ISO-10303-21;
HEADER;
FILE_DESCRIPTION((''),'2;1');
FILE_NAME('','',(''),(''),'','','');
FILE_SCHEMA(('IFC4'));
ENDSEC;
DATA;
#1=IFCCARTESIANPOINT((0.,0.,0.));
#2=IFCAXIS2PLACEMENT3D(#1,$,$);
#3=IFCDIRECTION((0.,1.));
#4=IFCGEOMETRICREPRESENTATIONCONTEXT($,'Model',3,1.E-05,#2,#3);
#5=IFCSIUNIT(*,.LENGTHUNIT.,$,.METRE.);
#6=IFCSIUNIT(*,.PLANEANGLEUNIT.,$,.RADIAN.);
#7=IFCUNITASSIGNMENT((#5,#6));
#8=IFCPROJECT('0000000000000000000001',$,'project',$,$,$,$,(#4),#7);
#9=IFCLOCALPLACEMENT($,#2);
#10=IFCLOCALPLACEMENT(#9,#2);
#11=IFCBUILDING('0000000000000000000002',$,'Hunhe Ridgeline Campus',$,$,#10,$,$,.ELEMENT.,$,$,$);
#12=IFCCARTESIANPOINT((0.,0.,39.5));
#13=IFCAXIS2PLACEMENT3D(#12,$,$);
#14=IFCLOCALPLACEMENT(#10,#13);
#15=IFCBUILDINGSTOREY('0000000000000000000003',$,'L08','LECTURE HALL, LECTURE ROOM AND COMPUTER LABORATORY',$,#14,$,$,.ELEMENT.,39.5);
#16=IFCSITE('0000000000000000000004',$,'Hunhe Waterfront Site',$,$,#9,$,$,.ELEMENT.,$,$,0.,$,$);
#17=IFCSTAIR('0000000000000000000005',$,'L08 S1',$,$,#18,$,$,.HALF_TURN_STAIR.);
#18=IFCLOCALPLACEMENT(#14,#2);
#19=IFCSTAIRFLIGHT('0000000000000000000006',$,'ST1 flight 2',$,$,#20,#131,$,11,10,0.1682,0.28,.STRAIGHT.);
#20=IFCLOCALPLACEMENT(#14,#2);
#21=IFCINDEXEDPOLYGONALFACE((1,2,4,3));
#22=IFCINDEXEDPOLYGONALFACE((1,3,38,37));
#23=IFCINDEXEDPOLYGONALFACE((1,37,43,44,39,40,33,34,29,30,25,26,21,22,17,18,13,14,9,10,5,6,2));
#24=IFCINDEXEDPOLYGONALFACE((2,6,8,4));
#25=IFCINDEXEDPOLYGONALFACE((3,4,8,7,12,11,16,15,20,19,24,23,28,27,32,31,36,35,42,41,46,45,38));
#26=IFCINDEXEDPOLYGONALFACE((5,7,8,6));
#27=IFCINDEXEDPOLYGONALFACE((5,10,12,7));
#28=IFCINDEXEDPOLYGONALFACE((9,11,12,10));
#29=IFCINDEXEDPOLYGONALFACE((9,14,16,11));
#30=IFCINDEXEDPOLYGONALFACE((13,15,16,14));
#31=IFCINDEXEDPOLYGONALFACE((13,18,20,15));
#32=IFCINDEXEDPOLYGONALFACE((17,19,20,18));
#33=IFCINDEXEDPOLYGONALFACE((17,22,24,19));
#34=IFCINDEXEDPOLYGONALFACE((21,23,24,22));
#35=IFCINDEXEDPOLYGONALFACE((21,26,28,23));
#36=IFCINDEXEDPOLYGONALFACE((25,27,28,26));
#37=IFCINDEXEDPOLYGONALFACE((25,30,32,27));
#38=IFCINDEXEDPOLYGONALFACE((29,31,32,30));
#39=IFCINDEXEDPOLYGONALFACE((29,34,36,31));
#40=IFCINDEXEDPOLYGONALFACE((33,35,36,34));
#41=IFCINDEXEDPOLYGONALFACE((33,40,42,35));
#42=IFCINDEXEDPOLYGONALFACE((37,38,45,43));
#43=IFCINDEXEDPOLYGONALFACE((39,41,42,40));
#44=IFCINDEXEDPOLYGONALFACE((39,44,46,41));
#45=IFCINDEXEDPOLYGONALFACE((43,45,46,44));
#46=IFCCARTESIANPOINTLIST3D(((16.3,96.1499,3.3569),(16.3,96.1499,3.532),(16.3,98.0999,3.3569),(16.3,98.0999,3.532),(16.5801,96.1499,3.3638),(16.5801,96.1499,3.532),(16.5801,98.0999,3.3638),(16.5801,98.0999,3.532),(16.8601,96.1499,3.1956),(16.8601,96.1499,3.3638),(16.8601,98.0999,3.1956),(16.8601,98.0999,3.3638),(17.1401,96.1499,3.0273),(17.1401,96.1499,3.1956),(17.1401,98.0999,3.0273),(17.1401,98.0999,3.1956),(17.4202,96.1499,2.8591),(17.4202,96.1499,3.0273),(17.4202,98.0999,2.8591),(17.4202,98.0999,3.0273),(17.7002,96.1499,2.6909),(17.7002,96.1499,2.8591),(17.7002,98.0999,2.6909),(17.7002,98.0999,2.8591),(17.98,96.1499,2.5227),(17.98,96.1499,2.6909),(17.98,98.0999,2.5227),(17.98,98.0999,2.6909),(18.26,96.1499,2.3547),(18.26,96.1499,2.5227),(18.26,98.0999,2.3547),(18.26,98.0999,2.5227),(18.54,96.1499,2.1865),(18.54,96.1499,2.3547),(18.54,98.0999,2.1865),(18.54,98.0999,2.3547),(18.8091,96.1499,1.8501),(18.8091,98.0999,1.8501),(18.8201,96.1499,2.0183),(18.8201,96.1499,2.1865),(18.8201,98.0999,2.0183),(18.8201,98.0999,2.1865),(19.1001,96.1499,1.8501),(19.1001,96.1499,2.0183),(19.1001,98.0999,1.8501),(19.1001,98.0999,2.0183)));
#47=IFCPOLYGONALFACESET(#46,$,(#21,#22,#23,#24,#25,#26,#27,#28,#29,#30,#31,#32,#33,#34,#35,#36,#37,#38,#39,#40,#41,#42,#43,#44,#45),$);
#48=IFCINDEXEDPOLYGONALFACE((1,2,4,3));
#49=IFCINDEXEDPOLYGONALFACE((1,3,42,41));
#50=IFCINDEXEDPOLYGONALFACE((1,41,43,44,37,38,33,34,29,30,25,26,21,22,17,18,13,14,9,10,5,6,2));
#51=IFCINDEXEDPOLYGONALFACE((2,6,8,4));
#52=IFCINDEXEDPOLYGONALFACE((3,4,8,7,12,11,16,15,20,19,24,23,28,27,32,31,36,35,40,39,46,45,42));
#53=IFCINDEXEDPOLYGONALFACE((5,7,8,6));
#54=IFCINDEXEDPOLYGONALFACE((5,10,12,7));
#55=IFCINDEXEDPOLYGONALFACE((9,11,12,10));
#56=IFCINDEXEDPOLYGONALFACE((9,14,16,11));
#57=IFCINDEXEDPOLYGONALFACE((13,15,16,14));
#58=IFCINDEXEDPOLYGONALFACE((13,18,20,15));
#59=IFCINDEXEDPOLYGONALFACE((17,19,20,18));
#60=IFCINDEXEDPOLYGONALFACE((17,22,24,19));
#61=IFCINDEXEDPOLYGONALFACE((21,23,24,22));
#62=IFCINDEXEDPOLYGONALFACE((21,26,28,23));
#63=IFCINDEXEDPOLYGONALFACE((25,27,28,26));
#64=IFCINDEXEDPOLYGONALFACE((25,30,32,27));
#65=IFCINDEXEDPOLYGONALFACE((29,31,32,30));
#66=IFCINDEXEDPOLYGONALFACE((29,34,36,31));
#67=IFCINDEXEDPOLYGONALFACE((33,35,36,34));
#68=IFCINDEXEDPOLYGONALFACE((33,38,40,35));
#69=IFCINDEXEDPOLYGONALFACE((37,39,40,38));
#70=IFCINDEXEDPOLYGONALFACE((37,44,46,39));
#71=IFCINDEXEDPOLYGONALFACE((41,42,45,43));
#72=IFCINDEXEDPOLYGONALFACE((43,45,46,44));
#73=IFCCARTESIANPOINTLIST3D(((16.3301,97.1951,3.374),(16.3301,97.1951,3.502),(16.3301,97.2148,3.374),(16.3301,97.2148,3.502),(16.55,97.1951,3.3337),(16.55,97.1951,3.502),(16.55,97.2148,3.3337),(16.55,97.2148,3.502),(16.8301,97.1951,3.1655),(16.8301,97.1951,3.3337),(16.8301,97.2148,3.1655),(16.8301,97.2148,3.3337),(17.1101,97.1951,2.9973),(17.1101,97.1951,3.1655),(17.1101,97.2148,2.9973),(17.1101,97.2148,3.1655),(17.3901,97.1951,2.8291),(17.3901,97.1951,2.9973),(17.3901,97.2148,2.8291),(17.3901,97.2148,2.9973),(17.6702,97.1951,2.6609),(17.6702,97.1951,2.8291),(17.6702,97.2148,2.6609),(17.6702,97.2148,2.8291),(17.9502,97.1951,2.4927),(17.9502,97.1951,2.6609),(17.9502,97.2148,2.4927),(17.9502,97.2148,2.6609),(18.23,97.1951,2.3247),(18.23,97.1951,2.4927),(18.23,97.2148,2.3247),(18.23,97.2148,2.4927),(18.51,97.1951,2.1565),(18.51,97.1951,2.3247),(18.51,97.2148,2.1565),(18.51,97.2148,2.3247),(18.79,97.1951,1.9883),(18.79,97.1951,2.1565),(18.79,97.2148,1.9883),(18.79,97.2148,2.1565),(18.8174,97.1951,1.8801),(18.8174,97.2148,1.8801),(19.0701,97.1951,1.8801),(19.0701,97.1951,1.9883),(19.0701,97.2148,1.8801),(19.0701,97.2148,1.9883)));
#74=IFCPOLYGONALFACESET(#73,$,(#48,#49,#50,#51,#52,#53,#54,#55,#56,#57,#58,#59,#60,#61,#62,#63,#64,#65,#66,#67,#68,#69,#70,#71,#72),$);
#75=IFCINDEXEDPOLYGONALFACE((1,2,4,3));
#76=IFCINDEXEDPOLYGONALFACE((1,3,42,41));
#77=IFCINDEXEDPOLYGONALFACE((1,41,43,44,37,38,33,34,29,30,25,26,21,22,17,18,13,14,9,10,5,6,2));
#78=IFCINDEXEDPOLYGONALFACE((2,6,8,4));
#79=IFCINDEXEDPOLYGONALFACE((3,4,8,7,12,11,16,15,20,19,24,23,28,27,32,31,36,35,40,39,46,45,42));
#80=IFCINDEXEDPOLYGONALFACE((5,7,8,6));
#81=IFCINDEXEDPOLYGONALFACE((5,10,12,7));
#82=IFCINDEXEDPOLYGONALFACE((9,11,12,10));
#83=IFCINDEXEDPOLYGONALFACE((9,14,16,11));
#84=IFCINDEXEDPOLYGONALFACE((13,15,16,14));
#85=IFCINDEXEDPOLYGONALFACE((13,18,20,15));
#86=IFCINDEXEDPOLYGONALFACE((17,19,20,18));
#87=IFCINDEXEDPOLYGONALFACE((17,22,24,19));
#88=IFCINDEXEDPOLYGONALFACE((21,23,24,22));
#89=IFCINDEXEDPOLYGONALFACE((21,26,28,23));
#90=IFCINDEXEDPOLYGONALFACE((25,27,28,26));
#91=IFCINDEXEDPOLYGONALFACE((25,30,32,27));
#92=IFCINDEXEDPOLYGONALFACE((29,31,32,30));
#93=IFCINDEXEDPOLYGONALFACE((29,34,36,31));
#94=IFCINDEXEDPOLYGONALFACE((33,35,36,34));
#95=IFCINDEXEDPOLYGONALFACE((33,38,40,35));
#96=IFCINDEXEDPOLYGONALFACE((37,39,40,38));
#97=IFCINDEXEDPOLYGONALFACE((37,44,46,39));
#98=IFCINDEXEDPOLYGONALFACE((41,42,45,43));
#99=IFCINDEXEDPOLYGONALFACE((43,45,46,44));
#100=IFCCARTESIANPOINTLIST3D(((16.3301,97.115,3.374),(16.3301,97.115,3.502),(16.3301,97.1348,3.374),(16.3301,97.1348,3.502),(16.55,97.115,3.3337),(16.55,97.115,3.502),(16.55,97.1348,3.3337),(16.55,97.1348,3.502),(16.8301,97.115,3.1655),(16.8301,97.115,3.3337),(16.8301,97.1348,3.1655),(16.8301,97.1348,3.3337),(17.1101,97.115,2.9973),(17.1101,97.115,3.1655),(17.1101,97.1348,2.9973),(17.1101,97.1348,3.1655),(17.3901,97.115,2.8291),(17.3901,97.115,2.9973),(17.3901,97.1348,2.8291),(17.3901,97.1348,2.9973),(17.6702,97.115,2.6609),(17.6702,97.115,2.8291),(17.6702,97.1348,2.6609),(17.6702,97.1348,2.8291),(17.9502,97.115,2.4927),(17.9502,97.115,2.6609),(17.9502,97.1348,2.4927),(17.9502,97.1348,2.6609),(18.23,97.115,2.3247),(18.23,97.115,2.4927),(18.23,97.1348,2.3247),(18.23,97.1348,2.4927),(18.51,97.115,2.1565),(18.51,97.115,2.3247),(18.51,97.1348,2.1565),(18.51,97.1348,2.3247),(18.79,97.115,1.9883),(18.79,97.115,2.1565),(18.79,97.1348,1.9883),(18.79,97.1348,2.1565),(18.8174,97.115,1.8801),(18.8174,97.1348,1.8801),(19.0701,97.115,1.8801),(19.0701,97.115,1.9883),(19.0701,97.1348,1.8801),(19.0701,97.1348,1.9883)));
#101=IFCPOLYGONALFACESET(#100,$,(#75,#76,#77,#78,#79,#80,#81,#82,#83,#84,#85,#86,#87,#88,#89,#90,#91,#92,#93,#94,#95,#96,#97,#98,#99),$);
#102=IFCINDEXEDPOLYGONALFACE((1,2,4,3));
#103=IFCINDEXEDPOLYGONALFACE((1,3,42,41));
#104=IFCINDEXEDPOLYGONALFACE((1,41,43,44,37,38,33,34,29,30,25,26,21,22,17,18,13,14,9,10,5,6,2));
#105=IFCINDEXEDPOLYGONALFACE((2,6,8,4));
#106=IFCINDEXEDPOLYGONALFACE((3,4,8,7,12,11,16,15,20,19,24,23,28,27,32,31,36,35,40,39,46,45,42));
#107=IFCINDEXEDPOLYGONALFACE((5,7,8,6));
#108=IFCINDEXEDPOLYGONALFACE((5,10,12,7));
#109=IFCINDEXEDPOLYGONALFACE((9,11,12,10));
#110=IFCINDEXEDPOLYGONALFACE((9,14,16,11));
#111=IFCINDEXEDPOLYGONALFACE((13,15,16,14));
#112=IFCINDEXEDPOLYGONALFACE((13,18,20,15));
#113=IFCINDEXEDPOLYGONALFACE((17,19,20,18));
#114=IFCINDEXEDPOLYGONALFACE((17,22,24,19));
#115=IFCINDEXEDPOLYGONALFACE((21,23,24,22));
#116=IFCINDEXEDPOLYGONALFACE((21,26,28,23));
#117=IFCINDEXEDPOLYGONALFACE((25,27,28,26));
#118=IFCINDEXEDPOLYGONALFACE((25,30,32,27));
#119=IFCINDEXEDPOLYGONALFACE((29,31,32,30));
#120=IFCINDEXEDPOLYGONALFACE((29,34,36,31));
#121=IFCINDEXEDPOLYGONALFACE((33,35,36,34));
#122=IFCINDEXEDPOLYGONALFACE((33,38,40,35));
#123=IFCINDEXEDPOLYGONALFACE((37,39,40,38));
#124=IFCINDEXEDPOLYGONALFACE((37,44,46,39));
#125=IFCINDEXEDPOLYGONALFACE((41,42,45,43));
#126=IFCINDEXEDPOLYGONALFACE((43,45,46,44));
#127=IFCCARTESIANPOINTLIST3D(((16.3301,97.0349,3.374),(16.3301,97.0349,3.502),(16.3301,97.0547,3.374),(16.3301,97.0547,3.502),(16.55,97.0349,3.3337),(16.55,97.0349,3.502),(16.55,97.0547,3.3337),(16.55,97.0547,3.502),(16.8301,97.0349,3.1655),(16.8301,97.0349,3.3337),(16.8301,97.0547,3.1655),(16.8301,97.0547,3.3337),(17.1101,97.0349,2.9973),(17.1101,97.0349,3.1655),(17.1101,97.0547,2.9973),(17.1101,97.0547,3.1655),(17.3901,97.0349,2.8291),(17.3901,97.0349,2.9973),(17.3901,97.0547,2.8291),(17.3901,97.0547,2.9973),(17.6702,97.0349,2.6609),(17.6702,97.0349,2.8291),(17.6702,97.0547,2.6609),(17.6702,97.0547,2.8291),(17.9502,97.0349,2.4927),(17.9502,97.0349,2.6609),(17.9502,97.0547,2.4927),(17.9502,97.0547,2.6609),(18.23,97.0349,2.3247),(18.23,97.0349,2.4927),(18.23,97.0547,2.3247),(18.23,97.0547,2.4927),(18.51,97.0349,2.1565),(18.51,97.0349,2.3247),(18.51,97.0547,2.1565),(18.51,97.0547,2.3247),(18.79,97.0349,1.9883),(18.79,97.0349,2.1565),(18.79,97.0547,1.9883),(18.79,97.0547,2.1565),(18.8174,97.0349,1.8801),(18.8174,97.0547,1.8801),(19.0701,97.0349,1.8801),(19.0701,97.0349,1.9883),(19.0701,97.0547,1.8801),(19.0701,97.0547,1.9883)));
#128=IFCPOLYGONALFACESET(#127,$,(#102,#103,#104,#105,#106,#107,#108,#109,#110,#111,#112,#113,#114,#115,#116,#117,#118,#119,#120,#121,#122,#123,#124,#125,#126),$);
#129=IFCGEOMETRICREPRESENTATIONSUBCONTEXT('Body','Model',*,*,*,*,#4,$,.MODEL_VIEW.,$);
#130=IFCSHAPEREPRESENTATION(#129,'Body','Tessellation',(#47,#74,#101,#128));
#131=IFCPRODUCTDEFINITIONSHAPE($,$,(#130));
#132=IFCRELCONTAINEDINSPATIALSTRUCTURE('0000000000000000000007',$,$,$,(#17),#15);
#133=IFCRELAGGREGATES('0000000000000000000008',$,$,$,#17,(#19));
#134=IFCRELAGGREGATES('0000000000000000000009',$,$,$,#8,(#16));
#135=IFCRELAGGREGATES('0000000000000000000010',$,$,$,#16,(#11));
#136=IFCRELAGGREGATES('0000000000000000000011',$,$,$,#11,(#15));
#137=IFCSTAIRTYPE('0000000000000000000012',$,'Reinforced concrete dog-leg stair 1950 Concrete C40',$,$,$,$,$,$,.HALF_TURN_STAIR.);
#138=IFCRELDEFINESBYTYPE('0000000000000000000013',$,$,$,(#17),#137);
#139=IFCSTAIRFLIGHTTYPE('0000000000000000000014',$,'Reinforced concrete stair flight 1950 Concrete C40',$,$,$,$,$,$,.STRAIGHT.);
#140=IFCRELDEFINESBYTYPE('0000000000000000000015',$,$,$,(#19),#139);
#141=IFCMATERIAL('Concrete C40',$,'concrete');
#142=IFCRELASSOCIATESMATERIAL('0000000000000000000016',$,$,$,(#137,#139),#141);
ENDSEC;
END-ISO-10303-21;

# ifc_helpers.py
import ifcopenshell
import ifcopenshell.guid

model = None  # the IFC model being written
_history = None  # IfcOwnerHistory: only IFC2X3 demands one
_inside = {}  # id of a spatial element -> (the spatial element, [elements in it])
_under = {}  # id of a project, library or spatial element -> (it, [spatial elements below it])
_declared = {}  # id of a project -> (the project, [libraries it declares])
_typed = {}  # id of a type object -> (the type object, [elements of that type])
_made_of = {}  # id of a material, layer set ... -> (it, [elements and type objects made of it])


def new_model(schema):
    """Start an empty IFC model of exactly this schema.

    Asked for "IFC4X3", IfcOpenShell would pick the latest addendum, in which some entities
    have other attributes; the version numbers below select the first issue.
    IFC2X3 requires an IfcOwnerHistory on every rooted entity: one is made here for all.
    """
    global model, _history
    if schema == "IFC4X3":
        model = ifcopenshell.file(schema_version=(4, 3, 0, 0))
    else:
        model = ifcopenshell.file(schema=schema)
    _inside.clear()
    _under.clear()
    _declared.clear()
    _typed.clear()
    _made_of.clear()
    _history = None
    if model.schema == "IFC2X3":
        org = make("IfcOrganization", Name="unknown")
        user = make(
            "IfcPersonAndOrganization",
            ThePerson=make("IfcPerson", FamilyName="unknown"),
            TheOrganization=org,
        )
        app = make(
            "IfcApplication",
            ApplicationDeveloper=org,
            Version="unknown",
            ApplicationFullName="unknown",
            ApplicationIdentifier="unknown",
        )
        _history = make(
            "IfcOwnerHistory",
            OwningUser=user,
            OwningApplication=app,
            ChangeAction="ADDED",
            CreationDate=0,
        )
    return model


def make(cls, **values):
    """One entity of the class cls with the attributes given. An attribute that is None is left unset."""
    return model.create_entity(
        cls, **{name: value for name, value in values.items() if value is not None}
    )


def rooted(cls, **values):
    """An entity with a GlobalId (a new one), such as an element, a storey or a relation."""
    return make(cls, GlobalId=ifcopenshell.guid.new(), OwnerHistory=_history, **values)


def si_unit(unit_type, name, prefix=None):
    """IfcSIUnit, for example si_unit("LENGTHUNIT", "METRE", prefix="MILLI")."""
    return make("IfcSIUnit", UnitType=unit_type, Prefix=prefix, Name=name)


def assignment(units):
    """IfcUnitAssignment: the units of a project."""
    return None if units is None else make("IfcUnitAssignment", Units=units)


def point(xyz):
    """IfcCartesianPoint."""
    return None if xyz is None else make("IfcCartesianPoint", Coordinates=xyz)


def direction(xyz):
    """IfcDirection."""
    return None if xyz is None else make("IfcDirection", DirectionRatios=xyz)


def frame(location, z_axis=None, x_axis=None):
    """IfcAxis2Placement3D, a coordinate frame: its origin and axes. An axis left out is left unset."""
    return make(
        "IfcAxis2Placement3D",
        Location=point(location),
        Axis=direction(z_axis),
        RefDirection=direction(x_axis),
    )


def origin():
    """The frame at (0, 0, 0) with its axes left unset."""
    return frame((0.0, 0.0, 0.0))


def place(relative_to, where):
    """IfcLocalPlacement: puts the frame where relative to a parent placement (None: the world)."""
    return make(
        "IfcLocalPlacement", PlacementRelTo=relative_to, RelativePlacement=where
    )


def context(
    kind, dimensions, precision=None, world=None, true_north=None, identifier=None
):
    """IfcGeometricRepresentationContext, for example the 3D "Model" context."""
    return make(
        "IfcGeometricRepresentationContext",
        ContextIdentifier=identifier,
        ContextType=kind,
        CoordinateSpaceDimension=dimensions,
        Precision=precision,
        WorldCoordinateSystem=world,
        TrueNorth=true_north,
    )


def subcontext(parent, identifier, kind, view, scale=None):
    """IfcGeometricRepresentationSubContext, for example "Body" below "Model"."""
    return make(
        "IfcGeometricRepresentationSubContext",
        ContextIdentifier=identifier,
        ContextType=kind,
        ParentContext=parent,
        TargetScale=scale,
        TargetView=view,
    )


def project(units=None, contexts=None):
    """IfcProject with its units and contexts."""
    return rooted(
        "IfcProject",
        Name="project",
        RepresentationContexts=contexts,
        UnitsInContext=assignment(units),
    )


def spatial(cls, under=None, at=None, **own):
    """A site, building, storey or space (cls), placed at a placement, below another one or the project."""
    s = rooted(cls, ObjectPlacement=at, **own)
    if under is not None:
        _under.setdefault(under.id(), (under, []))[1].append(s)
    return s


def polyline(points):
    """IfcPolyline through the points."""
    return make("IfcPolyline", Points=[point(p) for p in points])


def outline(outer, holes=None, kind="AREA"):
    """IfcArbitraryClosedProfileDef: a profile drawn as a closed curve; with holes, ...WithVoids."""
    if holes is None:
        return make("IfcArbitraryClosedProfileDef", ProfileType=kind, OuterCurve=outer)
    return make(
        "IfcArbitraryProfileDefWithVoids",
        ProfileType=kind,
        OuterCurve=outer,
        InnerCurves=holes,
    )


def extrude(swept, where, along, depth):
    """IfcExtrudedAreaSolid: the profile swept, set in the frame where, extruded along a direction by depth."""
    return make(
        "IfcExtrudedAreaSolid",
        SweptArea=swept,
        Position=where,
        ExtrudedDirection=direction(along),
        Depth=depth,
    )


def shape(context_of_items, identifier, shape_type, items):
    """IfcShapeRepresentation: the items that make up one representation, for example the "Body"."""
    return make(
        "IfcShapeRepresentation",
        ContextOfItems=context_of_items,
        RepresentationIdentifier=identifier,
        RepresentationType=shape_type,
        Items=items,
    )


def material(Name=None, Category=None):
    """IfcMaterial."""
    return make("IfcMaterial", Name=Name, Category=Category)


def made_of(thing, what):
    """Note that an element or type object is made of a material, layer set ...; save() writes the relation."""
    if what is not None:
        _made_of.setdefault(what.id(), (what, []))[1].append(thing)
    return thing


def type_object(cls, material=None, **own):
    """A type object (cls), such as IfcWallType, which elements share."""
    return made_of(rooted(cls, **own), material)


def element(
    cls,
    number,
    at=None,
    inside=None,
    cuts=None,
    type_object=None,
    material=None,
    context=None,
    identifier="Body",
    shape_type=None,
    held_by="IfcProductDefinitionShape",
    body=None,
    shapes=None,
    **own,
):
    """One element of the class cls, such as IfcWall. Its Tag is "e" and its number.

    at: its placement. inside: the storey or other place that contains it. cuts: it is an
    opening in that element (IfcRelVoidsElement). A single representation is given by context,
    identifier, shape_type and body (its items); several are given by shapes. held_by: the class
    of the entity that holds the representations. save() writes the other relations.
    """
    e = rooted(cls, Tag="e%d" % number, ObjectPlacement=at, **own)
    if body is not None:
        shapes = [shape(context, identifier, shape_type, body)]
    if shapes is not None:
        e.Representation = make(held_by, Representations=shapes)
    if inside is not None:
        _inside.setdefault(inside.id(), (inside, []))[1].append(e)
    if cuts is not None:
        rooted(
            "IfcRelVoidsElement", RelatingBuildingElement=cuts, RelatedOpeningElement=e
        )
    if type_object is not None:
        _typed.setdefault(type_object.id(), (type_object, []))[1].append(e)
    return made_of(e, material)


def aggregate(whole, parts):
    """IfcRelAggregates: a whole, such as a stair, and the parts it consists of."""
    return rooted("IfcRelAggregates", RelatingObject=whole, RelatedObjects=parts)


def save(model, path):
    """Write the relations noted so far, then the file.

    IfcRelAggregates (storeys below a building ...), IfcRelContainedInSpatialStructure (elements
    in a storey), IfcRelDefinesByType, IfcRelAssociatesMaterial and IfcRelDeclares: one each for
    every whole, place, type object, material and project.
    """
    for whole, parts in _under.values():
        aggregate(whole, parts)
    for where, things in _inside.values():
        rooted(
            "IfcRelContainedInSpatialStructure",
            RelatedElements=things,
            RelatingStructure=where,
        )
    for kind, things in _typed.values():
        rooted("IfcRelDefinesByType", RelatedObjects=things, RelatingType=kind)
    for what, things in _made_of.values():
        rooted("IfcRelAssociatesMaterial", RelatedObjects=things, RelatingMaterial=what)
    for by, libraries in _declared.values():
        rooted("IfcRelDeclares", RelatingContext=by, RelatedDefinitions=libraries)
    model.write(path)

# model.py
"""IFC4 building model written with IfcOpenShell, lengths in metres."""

from ifc_helpers import new_model, si_unit, direction, frame, origin, place, context, subcontext, project, spatial, polyline, outline, extrude, material, type_object, element, aggregate, save


model = new_model("IFC4")

# Units and contexts
model_context = context("Model", 3, precision=1e-05, world=origin(), true_north=direction((0.0, 1.0)))
body_context = subcontext(model_context, "Body", "Model", "MODEL_VIEW")
ifc_project = project(units=[si_unit("LENGTHUNIT", "METRE"), si_unit("PLANEANGLEUNIT", "RADIAN")], contexts=[model_context])

# Site, building, storey
site_placement = place(None, origin())
site = spatial("IfcSite", under=ifc_project, at=site_placement, Name="Hunhe Waterfront Site", CompositionType="ELEMENT", RefElevation=0.0)
building_placement = place(site_placement, origin())
building = spatial("IfcBuilding", under=site, at=building_placement, Name="Hunhe Ridgeline Campus", CompositionType="ELEMENT")
storey_placement = place(building_placement, frame((0.0, 0.0, 39.5)))
storey = spatial("IfcBuildingStorey", under=building, at=storey_placement, Name="L08", Description="LECTURE HALL, LECTURE ROOM AND COMPUTER LABORATORY", CompositionType="ELEMENT", Elevation=39.5)

# Stair, stair flight
ifc_material_1 = material(Name="Concrete C40", Category="concrete")
stair_type = type_object("IfcStairType", Name="Reinforced concrete dog-leg stair 1950 Concrete C40", PredefinedType="HALF_TURN_STAIR", material=ifc_material_1)
stair_1_placement = place(storey_placement, origin())
stair_1 = element("IfcStair", 1, at=stair_1_placement, inside=storey, type_object=stair_type, Name="L08 S1", PredefinedType="HALF_TURN_STAIR")
stair_flight_type = type_object("IfcStairFlightType", Name="Reinforced concrete stair flight 1950 Concrete C40", PredefinedType="STRAIGHT", material=ifc_material_1)
stair_flight_1_placement = place(storey_placement, frame((19.1001, 97.125, 1.8501), z_axis=(0.0, 0.0, 1.0), x_axis=(-1.0, 0.0, 0.0)))
stair_flight_1 = element("IfcStairFlight", 2, at=stair_flight_1_placement, type_object=stair_flight_type, Name="ST1 flight 2", NumberOfRisers=11, NumberOfTreads=10, PredefinedType="STRAIGHT", RiserHeight=0.1682, TreadLength=0.28, context=body_context, shape_type="SweptSolid", body=[
    extrude(outline(polyline([(0.0, 0.0), (0.0, 0.1682), (0.28, 0.1682), (0.28, 0.3364), (0.5601, 0.3364), (0.5601, 0.5046), (0.8401, 0.5046), (0.8401, 0.6726), (1.1201, 0.6726), (1.1201, 0.8408), (1.3999, 0.8408), (1.3999, 1.009), (1.6799, 1.009), (1.6799, 1.1772), (1.96, 1.1772), (1.96, 1.3455), (2.24, 1.3455), (2.24, 1.5137), (2.52, 1.5137), (2.52, 1.6819), (2.8, 1.6819), (2.8, 1.8501), (2.8, 1.5068), (0.291, 0.0), (0.0, 0.0)])), frame((0.0, 0.9751, 0.0), z_axis=(0.0, -1.0, 0.0), x_axis=(1.0, 0.0, 0.0)), (0.0, 0.0, 1.0), 1.95),
    extrude(outline(polyline([(0.03, 0.03), (0.03, 0.1382), (0.3101, 0.1382), (0.3101, 0.3064), (0.5901, 0.3064), (0.5901, 0.4746), (0.8701, 0.4746), (0.8701, 0.6426), (1.1499, 0.6426), (1.1499, 0.8108), (1.4299, 0.8108), (1.4299, 0.979), (1.71, 0.979), (1.71, 1.1472), (1.99, 1.1472), (1.99, 1.3154), (2.27, 1.3154), (2.27, 1.4836), (2.55, 1.4836), (2.55, 1.6519), (2.77, 1.6519), (2.77, 1.5239), (0.2827, 0.03), (0.03, 0.03)])), frame((0.0, -0.0701, 0.0), z_axis=(0.0, -1.0, 0.0), x_axis=(1.0, 0.0, 0.0)), (0.0, 0.0, 1.0), 0.0198),
    extrude(outline(polyline([(0.03, 0.03), (0.03, 0.1382), (0.3101, 0.1382), (0.3101, 0.3064), (0.5901, 0.3064), (0.5901, 0.4746), (0.8701, 0.4746), (0.8701, 0.6426), (1.1499, 0.6426), (1.1499, 0.8108), (1.4299, 0.8108), (1.4299, 0.979), (1.71, 0.979), (1.71, 1.1472), (1.99, 1.1472), (1.99, 1.3154), (2.27, 1.3154), (2.27, 1.4836), (2.55, 1.4836), (2.55, 1.6519), (2.77, 1.6519), (2.77, 1.5239), (0.2827, 0.03), (0.03, 0.03)])), frame((0.0, 0.01, 0.0), z_axis=(0.0, -1.0, 0.0), x_axis=(1.0, 0.0, 0.0)), (0.0, 0.0, 1.0), 0.0198),
    extrude(outline(polyline([(0.03, 0.03), (0.03, 0.1382), (0.3101, 0.1382), (0.3101, 0.3064), (0.5901, 0.3064), (0.5901, 0.4746), (0.8701, 0.4746), (0.8701, 0.6426), (1.1499, 0.6426), (1.1499, 0.8108), (1.4299, 0.8108), (1.4299, 0.979), (1.71, 0.979), (1.71, 1.1472), (1.99, 1.1472), (1.99, 1.3154), (2.27, 1.3154), (2.27, 1.4836), (2.55, 1.4836), (2.55, 1.6519), (2.77, 1.6519), (2.77, 1.5239), (0.2827, 0.03), (0.03, 0.03)])), frame((0.0, 0.0901, 0.0), z_axis=(0.0, -1.0, 0.0), x_axis=(1.0, 0.0, 0.0)), (0.0, 0.0, 1.0), 0.0198),
])
aggregate(stair_1, [stair_flight_1])

save(model, "model.ifc")
